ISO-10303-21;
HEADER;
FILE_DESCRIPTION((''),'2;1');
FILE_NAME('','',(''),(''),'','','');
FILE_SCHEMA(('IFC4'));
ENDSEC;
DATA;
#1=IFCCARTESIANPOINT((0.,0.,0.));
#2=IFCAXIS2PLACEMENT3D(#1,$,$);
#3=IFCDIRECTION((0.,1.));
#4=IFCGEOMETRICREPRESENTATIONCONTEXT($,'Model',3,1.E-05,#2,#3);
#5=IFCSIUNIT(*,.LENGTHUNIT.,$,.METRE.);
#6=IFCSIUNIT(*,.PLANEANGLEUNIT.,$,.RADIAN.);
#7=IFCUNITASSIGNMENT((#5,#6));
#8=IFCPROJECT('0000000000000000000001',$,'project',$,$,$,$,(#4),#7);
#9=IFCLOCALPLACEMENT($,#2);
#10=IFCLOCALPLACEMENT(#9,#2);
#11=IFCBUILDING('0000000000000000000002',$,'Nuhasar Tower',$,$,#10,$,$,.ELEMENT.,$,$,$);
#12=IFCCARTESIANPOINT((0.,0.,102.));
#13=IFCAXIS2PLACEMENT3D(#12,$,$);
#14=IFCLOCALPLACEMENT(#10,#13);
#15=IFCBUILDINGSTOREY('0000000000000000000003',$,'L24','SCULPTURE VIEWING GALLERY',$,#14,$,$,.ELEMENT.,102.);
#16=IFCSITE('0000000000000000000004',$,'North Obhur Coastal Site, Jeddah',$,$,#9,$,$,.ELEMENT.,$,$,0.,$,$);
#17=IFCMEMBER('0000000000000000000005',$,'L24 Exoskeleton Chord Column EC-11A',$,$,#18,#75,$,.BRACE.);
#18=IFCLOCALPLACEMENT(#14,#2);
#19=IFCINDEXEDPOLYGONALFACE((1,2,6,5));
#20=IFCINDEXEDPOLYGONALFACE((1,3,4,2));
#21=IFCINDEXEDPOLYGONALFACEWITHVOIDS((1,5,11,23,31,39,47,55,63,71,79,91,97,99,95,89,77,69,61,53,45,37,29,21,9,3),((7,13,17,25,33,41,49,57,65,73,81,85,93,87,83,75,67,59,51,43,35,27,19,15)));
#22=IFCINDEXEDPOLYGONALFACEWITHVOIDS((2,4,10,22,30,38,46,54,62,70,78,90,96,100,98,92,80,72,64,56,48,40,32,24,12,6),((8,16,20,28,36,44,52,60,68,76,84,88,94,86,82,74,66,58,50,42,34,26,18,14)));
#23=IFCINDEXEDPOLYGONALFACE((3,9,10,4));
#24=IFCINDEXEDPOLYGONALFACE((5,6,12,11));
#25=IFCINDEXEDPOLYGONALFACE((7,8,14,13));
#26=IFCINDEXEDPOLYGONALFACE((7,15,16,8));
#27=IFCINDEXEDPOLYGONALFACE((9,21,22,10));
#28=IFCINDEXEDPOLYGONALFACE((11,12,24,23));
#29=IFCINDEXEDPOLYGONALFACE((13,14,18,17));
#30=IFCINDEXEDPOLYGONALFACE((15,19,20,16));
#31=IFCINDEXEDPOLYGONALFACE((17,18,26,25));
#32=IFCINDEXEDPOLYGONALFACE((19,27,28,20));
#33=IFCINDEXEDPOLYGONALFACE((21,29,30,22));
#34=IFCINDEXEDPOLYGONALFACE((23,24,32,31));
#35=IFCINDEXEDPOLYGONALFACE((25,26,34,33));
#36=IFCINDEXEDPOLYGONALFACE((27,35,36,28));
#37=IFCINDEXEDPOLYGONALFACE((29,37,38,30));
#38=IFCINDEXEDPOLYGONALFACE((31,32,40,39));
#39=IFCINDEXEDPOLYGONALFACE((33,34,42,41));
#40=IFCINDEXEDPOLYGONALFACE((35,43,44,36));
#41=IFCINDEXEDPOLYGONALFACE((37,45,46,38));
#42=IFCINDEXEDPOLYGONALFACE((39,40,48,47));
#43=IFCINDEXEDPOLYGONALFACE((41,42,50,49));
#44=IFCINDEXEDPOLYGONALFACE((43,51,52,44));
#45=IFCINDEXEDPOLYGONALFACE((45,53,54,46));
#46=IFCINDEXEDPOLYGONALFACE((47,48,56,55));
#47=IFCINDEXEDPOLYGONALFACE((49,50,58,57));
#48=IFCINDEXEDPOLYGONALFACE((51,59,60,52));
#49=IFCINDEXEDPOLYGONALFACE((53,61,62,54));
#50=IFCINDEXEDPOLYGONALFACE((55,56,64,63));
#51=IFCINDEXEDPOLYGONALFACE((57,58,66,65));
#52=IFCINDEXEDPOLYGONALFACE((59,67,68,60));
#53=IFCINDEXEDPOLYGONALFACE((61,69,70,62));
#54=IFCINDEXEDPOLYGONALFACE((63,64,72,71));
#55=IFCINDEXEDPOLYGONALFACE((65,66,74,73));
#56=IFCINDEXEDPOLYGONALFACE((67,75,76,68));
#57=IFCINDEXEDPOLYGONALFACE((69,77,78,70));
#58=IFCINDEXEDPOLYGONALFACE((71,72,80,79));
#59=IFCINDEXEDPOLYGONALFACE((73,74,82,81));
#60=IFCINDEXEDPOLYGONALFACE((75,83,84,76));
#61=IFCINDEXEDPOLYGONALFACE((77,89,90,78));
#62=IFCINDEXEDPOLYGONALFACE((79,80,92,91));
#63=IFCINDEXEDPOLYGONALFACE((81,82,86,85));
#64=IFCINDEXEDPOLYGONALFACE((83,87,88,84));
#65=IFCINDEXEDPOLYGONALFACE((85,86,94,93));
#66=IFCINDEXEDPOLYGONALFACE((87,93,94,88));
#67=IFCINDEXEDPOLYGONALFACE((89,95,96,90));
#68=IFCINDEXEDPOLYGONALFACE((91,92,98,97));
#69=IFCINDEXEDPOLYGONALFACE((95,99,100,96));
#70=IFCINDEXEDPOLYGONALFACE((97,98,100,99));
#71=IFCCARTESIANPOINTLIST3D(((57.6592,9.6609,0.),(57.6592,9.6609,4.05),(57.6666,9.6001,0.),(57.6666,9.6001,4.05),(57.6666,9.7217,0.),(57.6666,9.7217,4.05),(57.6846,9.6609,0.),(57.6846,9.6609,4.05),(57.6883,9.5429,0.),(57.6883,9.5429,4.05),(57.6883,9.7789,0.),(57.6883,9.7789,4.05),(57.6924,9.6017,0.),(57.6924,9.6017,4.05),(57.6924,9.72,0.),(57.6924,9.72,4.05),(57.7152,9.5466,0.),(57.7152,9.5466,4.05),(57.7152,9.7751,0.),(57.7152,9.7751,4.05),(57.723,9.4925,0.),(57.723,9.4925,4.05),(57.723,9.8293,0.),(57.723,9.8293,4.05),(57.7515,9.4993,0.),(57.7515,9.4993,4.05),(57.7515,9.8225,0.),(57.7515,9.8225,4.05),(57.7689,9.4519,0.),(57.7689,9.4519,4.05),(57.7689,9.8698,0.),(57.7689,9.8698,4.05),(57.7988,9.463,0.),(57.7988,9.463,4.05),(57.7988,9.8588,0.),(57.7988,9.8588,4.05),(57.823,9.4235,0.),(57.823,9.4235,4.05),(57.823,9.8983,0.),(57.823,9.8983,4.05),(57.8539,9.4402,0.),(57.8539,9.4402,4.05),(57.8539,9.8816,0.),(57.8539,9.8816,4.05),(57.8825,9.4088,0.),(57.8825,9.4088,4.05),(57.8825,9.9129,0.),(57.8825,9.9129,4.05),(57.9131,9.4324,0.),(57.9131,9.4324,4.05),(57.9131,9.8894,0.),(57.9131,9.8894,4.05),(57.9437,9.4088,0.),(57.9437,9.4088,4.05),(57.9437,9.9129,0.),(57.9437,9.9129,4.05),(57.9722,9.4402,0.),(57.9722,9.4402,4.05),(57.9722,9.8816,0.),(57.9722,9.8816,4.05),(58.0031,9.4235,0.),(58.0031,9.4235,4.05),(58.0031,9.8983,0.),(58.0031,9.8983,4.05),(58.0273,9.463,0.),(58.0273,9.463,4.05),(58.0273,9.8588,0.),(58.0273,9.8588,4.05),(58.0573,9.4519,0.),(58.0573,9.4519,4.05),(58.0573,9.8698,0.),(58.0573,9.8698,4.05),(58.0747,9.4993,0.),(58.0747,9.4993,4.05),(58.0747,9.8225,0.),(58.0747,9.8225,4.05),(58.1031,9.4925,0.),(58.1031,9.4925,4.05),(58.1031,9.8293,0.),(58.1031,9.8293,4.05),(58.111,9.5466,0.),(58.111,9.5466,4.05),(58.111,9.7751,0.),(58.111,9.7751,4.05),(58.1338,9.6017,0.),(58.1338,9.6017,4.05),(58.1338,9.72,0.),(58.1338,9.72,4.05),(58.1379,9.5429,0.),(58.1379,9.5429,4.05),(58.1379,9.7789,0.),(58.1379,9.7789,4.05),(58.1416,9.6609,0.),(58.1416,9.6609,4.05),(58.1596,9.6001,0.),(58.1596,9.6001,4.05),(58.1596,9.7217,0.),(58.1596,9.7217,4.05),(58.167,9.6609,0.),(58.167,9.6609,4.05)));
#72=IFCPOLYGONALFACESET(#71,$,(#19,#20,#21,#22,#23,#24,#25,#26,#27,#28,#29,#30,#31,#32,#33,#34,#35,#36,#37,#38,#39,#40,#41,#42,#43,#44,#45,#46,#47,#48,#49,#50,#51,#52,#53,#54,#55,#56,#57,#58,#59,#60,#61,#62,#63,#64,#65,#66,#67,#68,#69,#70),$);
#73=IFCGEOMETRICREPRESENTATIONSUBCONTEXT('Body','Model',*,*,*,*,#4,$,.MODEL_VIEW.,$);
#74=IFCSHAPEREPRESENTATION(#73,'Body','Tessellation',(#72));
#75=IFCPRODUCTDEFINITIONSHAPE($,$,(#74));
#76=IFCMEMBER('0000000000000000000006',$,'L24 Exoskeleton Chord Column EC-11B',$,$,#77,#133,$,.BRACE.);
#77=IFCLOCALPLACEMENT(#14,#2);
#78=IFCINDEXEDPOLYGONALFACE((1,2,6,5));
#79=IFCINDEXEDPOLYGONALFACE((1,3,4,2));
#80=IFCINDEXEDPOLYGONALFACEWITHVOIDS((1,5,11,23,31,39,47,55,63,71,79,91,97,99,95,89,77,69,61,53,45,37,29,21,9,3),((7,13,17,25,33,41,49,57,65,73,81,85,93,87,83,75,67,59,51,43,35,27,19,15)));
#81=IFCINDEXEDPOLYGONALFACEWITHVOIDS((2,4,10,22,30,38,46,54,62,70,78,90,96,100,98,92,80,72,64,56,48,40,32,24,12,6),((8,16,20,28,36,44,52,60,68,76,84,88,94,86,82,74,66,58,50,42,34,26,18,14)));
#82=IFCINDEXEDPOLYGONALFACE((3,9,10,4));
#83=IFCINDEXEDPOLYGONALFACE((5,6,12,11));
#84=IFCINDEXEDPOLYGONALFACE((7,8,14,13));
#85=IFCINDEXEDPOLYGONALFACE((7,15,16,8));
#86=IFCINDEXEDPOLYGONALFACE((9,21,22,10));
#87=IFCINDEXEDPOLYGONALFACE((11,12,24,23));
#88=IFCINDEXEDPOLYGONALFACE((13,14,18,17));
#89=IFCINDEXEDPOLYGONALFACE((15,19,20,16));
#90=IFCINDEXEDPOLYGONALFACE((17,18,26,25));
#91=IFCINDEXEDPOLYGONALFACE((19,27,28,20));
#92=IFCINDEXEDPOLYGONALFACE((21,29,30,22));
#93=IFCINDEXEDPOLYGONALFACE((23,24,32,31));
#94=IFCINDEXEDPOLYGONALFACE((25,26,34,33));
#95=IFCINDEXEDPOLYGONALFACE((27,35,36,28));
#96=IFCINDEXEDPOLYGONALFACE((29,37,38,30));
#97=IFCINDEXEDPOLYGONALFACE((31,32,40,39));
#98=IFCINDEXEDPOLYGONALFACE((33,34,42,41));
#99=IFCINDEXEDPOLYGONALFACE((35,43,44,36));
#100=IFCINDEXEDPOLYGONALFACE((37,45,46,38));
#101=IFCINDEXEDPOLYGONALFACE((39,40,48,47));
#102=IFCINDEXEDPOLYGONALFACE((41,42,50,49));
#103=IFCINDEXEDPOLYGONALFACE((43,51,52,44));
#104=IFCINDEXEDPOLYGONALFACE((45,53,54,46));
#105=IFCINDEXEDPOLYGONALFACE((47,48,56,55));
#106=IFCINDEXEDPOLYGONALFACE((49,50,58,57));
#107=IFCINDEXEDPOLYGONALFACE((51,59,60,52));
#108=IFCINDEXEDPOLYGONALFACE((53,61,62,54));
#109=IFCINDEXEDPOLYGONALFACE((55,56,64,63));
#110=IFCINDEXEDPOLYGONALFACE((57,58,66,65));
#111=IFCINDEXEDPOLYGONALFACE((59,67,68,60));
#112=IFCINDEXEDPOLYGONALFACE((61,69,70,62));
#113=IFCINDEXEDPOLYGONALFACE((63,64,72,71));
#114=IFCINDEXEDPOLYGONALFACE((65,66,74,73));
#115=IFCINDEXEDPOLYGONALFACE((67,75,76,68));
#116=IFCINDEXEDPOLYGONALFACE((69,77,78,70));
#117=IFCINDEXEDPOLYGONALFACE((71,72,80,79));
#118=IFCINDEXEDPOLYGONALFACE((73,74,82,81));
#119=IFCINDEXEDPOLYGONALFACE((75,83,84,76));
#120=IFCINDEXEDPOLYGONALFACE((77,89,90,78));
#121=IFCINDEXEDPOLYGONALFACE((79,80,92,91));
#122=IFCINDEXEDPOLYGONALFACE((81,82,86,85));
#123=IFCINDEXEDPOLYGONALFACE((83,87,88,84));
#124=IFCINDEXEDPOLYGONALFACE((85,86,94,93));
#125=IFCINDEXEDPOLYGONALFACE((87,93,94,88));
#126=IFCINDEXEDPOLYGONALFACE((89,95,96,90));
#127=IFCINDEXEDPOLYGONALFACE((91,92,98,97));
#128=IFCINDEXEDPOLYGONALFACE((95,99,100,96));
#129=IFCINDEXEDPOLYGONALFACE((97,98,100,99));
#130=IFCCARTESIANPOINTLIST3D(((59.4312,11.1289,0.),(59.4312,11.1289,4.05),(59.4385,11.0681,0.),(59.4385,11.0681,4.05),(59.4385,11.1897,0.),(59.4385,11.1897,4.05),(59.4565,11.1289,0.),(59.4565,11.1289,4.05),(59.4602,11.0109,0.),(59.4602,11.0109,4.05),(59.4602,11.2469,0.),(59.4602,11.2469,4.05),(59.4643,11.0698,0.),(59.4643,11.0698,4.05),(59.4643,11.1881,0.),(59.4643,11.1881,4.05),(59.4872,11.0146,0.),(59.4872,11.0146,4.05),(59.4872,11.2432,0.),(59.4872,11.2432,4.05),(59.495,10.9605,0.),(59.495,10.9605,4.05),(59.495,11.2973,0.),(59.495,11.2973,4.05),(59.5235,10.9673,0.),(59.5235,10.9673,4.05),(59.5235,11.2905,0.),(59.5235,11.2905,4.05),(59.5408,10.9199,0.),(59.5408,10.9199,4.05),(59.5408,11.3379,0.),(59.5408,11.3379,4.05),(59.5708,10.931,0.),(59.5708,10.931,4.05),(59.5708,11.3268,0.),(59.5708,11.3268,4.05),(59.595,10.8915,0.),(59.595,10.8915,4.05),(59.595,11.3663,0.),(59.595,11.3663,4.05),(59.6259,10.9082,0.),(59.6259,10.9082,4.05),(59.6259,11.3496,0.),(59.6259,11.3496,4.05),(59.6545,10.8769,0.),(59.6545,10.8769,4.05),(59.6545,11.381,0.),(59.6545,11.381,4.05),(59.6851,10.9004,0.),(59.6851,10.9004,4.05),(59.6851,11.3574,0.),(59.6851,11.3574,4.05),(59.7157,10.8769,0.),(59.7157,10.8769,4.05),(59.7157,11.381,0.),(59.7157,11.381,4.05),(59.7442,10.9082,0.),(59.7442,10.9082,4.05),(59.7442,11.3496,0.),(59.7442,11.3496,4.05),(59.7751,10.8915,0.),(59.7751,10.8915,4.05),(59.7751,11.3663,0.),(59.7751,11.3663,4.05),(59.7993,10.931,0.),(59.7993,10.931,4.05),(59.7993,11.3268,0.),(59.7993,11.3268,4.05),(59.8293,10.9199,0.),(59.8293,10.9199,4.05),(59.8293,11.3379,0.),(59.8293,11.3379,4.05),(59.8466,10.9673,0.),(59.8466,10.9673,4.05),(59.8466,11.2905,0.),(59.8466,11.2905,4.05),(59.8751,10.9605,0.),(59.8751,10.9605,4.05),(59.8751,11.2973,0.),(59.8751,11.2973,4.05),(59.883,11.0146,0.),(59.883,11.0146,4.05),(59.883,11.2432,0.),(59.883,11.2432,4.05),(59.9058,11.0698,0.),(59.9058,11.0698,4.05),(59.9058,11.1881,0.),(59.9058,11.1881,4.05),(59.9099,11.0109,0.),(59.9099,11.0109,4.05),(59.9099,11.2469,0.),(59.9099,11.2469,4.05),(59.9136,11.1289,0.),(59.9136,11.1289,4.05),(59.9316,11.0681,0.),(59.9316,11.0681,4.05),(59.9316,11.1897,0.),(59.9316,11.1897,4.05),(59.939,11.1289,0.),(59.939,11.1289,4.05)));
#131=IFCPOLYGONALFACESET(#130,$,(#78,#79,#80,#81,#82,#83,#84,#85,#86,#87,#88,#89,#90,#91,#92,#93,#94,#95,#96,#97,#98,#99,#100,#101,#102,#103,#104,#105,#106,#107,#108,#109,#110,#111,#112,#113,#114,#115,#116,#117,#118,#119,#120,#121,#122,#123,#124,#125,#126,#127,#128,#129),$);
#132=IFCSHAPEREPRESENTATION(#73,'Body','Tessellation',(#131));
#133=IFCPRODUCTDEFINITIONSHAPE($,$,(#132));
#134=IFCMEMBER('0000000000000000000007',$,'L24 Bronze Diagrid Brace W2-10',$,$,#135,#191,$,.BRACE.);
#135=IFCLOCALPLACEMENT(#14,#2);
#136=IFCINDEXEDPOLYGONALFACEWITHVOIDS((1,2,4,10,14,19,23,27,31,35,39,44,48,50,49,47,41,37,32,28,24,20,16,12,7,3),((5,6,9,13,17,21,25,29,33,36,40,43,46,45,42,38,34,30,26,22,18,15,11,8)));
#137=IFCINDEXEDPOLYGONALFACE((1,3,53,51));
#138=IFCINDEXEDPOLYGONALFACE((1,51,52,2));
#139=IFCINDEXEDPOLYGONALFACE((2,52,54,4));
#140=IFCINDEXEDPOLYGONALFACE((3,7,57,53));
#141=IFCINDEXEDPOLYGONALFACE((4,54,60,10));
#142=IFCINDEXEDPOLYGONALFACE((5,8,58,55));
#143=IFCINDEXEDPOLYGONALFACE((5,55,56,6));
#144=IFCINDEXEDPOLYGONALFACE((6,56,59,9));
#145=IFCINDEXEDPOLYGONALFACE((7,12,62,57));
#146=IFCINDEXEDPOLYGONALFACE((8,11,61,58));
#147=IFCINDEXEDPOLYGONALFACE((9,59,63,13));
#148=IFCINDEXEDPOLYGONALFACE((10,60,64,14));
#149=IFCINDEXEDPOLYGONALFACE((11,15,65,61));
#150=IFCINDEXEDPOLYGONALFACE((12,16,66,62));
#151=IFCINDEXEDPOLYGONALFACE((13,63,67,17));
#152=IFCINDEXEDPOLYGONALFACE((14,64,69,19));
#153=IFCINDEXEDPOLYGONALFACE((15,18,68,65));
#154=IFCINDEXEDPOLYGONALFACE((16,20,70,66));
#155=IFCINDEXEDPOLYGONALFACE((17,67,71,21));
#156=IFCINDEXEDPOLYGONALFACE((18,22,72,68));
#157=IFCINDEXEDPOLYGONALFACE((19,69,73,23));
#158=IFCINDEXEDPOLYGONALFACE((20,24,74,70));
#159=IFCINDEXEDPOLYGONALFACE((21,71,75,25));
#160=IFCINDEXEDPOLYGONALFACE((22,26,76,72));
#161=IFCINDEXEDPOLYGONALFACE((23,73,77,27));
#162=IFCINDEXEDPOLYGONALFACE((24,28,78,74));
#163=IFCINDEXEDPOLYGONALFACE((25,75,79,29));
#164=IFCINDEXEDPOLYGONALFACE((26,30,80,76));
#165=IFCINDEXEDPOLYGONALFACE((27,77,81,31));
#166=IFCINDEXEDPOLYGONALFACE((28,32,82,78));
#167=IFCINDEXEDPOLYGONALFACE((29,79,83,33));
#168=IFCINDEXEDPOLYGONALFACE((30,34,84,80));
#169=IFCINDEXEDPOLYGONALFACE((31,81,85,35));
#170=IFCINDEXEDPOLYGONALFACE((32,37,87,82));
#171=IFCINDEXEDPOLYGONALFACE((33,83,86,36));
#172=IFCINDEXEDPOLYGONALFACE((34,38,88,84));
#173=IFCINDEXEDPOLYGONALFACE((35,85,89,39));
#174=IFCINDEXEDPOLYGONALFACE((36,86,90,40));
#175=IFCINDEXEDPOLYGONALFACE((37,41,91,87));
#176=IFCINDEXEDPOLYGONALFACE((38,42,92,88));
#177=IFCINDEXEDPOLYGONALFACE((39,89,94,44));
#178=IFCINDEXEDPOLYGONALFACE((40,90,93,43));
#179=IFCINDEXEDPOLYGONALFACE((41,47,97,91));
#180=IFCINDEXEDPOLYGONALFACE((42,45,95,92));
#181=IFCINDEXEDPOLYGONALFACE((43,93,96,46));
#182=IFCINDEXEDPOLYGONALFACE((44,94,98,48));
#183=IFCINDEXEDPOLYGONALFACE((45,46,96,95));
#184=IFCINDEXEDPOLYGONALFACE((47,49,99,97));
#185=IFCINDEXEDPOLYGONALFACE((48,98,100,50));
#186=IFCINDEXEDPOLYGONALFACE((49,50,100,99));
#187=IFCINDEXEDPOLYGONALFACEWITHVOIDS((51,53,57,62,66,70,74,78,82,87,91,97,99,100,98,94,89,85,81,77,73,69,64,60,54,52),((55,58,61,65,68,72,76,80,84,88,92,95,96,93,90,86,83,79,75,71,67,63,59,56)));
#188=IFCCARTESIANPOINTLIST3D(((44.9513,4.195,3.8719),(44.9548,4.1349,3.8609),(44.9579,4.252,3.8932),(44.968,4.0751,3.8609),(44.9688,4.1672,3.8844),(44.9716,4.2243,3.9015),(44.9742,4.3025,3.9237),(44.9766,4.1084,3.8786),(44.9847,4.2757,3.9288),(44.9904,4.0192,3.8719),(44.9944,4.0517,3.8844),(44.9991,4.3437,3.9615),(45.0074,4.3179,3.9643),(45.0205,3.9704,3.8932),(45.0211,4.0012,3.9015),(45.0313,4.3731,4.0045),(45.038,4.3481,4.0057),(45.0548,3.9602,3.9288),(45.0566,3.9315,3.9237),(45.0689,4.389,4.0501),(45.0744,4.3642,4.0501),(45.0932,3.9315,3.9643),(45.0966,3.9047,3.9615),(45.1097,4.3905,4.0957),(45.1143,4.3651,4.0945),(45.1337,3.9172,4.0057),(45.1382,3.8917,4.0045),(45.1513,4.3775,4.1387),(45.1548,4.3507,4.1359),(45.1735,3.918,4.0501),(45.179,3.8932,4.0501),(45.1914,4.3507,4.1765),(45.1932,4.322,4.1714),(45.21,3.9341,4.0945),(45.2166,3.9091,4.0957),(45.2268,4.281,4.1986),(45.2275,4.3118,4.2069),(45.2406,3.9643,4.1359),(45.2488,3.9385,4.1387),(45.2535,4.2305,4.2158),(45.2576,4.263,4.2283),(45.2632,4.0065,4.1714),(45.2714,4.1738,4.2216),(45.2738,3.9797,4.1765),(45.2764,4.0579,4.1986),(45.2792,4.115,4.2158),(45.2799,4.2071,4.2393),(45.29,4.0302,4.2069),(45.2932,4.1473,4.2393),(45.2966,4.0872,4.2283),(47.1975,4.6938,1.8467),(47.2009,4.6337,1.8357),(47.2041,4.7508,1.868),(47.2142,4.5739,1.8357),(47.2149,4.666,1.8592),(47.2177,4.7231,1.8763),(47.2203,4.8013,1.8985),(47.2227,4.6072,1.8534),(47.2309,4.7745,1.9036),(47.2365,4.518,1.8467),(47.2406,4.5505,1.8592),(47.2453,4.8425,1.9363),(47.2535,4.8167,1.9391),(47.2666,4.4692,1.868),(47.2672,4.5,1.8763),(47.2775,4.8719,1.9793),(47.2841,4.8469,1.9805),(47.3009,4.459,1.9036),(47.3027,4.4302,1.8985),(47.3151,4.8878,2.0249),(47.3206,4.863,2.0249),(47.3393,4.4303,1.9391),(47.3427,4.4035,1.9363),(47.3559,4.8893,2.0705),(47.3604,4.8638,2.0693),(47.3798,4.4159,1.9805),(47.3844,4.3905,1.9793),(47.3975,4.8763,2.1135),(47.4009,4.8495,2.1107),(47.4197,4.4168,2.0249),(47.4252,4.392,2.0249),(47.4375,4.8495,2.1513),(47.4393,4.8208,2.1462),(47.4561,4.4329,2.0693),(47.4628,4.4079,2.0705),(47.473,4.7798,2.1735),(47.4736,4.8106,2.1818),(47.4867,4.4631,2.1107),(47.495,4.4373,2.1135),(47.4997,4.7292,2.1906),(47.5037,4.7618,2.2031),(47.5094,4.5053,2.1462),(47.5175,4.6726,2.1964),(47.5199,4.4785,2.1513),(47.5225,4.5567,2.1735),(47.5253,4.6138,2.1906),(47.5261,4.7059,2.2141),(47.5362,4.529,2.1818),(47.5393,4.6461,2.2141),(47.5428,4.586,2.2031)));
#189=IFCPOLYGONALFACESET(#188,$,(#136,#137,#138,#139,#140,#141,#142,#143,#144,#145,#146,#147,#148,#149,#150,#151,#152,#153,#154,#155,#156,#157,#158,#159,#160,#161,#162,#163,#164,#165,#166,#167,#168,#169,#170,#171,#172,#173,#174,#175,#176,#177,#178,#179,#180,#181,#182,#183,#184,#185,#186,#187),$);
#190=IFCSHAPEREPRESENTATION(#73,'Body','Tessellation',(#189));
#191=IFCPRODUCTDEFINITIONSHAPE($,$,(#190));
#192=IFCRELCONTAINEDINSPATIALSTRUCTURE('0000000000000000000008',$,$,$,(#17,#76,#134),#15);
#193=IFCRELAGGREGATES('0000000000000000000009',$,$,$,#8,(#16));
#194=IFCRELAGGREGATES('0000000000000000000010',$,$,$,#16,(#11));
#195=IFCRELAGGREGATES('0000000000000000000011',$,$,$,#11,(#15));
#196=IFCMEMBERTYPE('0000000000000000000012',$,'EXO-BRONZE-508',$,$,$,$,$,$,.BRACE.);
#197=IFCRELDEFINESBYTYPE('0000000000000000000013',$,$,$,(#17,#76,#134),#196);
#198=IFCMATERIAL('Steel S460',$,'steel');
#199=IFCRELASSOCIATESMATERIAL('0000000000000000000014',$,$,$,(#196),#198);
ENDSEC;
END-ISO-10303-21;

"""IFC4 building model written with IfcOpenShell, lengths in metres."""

from ifc_helpers import new_model, si_unit, direction, frame, origin, origin_2d, place, context, subcontext, project, spatial, hollow_circle, extrude, material, material_profile, profile_set, type_object, element, save


model = new_model("IFC4")

# Units and contexts
model_context = context("Model", 3, precision=1e-05, world=origin(), true_north=direction((0.0, 1.0)))
body_context = subcontext(model_context, "Body", "Model", "MODEL_VIEW")
ifc_project = project(units=[si_unit("LENGTHUNIT", "METRE"), si_unit("PLANEANGLEUNIT", "RADIAN")], contexts=[model_context])

# Site, building, storey
site_placement = place(None, origin())
site = spatial("IfcSite", under=ifc_project, at=site_placement, Name="North Obhur Coastal Site, Jeddah", CompositionType="ELEMENT", RefElevation=0.0)
building_placement = place(site_placement, origin())
building = spatial("IfcBuilding", under=site, at=building_placement, Name="Nuhasar Tower", CompositionType="ELEMENT")
storey_placement = place(building_placement, frame((0.0, 0.0, 102.0)))
storey = spatial("IfcBuildingStorey", under=building, at=storey_placement, Name="L24", Description="SCULPTURE VIEWING GALLERY", CompositionType="ELEMENT", Elevation=102.0)

# Members
ifc_material_1 = material(Name="Steel S460", Category="steel")
ifc_material_profile_1 = material_profile(ifc_material_1, hollow_circle(Radius=0.2539, WallThickness=0.0254, at=origin_2d()), Name="HSS508X25.4")
ifc_profile_set_1 = profile_set([ifc_material_profile_1], Name="Steel S460")
member_type_1 = type_object("IfcMemberType", Name="EXO-BRONZE-508", PredefinedType="BRACE", material=ifc_profile_set_1)
for number, where, z_axis, x_axis, name in (
    (1, (57.9131, 9.6609, 0.0), (0.0, 0.0, 1.0), (1.0, 0.0, 0.0), "L24 Exoskeleton Chord Column EC-11A"),
    (2, (59.6851, 11.1289, 0.0), (0.0, 0.0, 1.0), (1.0, 0.0, 0.0), "L24 Exoskeleton Chord Column EC-11B"),
):
    element("IfcMember", number, at=place(storey_placement, frame(where, z_axis=z_axis, x_axis=x_axis)), inside=storey, type_object=member_type_1, Name=name, PredefinedType="BRACE", context=body_context, shape_type="SweptSolid", body=[
        extrude(hollow_circle(Radius=0.2539, WallThickness=0.0254, at=origin_2d()), origin(), (0.0, 0.0, 1.0), 4.05),
    ])
for number, where, z_axis, x_axis, name in (
    (3, (47.3701, 4.6399, 2.0249), (-0.732792, -0.162728, 0.660708), (0.216784, -0.97622, 0.0), "L24 Bronze Diagrid Brace W2-10"),
):
    element("IfcMember", number, at=place(storey_placement, frame(where, z_axis=z_axis, x_axis=x_axis)), inside=storey, type_object=member_type_1, Name=name, PredefinedType="BRACE", context=body_context, shape_type="SweptSolid", body=[
        extrude(hollow_circle(Radius=0.2539, WallThickness=0.0254, at=origin_2d()), origin(), (0.0, 0.0, 1.0), 3.0652),
    ])

save(model, "model.ifc")
